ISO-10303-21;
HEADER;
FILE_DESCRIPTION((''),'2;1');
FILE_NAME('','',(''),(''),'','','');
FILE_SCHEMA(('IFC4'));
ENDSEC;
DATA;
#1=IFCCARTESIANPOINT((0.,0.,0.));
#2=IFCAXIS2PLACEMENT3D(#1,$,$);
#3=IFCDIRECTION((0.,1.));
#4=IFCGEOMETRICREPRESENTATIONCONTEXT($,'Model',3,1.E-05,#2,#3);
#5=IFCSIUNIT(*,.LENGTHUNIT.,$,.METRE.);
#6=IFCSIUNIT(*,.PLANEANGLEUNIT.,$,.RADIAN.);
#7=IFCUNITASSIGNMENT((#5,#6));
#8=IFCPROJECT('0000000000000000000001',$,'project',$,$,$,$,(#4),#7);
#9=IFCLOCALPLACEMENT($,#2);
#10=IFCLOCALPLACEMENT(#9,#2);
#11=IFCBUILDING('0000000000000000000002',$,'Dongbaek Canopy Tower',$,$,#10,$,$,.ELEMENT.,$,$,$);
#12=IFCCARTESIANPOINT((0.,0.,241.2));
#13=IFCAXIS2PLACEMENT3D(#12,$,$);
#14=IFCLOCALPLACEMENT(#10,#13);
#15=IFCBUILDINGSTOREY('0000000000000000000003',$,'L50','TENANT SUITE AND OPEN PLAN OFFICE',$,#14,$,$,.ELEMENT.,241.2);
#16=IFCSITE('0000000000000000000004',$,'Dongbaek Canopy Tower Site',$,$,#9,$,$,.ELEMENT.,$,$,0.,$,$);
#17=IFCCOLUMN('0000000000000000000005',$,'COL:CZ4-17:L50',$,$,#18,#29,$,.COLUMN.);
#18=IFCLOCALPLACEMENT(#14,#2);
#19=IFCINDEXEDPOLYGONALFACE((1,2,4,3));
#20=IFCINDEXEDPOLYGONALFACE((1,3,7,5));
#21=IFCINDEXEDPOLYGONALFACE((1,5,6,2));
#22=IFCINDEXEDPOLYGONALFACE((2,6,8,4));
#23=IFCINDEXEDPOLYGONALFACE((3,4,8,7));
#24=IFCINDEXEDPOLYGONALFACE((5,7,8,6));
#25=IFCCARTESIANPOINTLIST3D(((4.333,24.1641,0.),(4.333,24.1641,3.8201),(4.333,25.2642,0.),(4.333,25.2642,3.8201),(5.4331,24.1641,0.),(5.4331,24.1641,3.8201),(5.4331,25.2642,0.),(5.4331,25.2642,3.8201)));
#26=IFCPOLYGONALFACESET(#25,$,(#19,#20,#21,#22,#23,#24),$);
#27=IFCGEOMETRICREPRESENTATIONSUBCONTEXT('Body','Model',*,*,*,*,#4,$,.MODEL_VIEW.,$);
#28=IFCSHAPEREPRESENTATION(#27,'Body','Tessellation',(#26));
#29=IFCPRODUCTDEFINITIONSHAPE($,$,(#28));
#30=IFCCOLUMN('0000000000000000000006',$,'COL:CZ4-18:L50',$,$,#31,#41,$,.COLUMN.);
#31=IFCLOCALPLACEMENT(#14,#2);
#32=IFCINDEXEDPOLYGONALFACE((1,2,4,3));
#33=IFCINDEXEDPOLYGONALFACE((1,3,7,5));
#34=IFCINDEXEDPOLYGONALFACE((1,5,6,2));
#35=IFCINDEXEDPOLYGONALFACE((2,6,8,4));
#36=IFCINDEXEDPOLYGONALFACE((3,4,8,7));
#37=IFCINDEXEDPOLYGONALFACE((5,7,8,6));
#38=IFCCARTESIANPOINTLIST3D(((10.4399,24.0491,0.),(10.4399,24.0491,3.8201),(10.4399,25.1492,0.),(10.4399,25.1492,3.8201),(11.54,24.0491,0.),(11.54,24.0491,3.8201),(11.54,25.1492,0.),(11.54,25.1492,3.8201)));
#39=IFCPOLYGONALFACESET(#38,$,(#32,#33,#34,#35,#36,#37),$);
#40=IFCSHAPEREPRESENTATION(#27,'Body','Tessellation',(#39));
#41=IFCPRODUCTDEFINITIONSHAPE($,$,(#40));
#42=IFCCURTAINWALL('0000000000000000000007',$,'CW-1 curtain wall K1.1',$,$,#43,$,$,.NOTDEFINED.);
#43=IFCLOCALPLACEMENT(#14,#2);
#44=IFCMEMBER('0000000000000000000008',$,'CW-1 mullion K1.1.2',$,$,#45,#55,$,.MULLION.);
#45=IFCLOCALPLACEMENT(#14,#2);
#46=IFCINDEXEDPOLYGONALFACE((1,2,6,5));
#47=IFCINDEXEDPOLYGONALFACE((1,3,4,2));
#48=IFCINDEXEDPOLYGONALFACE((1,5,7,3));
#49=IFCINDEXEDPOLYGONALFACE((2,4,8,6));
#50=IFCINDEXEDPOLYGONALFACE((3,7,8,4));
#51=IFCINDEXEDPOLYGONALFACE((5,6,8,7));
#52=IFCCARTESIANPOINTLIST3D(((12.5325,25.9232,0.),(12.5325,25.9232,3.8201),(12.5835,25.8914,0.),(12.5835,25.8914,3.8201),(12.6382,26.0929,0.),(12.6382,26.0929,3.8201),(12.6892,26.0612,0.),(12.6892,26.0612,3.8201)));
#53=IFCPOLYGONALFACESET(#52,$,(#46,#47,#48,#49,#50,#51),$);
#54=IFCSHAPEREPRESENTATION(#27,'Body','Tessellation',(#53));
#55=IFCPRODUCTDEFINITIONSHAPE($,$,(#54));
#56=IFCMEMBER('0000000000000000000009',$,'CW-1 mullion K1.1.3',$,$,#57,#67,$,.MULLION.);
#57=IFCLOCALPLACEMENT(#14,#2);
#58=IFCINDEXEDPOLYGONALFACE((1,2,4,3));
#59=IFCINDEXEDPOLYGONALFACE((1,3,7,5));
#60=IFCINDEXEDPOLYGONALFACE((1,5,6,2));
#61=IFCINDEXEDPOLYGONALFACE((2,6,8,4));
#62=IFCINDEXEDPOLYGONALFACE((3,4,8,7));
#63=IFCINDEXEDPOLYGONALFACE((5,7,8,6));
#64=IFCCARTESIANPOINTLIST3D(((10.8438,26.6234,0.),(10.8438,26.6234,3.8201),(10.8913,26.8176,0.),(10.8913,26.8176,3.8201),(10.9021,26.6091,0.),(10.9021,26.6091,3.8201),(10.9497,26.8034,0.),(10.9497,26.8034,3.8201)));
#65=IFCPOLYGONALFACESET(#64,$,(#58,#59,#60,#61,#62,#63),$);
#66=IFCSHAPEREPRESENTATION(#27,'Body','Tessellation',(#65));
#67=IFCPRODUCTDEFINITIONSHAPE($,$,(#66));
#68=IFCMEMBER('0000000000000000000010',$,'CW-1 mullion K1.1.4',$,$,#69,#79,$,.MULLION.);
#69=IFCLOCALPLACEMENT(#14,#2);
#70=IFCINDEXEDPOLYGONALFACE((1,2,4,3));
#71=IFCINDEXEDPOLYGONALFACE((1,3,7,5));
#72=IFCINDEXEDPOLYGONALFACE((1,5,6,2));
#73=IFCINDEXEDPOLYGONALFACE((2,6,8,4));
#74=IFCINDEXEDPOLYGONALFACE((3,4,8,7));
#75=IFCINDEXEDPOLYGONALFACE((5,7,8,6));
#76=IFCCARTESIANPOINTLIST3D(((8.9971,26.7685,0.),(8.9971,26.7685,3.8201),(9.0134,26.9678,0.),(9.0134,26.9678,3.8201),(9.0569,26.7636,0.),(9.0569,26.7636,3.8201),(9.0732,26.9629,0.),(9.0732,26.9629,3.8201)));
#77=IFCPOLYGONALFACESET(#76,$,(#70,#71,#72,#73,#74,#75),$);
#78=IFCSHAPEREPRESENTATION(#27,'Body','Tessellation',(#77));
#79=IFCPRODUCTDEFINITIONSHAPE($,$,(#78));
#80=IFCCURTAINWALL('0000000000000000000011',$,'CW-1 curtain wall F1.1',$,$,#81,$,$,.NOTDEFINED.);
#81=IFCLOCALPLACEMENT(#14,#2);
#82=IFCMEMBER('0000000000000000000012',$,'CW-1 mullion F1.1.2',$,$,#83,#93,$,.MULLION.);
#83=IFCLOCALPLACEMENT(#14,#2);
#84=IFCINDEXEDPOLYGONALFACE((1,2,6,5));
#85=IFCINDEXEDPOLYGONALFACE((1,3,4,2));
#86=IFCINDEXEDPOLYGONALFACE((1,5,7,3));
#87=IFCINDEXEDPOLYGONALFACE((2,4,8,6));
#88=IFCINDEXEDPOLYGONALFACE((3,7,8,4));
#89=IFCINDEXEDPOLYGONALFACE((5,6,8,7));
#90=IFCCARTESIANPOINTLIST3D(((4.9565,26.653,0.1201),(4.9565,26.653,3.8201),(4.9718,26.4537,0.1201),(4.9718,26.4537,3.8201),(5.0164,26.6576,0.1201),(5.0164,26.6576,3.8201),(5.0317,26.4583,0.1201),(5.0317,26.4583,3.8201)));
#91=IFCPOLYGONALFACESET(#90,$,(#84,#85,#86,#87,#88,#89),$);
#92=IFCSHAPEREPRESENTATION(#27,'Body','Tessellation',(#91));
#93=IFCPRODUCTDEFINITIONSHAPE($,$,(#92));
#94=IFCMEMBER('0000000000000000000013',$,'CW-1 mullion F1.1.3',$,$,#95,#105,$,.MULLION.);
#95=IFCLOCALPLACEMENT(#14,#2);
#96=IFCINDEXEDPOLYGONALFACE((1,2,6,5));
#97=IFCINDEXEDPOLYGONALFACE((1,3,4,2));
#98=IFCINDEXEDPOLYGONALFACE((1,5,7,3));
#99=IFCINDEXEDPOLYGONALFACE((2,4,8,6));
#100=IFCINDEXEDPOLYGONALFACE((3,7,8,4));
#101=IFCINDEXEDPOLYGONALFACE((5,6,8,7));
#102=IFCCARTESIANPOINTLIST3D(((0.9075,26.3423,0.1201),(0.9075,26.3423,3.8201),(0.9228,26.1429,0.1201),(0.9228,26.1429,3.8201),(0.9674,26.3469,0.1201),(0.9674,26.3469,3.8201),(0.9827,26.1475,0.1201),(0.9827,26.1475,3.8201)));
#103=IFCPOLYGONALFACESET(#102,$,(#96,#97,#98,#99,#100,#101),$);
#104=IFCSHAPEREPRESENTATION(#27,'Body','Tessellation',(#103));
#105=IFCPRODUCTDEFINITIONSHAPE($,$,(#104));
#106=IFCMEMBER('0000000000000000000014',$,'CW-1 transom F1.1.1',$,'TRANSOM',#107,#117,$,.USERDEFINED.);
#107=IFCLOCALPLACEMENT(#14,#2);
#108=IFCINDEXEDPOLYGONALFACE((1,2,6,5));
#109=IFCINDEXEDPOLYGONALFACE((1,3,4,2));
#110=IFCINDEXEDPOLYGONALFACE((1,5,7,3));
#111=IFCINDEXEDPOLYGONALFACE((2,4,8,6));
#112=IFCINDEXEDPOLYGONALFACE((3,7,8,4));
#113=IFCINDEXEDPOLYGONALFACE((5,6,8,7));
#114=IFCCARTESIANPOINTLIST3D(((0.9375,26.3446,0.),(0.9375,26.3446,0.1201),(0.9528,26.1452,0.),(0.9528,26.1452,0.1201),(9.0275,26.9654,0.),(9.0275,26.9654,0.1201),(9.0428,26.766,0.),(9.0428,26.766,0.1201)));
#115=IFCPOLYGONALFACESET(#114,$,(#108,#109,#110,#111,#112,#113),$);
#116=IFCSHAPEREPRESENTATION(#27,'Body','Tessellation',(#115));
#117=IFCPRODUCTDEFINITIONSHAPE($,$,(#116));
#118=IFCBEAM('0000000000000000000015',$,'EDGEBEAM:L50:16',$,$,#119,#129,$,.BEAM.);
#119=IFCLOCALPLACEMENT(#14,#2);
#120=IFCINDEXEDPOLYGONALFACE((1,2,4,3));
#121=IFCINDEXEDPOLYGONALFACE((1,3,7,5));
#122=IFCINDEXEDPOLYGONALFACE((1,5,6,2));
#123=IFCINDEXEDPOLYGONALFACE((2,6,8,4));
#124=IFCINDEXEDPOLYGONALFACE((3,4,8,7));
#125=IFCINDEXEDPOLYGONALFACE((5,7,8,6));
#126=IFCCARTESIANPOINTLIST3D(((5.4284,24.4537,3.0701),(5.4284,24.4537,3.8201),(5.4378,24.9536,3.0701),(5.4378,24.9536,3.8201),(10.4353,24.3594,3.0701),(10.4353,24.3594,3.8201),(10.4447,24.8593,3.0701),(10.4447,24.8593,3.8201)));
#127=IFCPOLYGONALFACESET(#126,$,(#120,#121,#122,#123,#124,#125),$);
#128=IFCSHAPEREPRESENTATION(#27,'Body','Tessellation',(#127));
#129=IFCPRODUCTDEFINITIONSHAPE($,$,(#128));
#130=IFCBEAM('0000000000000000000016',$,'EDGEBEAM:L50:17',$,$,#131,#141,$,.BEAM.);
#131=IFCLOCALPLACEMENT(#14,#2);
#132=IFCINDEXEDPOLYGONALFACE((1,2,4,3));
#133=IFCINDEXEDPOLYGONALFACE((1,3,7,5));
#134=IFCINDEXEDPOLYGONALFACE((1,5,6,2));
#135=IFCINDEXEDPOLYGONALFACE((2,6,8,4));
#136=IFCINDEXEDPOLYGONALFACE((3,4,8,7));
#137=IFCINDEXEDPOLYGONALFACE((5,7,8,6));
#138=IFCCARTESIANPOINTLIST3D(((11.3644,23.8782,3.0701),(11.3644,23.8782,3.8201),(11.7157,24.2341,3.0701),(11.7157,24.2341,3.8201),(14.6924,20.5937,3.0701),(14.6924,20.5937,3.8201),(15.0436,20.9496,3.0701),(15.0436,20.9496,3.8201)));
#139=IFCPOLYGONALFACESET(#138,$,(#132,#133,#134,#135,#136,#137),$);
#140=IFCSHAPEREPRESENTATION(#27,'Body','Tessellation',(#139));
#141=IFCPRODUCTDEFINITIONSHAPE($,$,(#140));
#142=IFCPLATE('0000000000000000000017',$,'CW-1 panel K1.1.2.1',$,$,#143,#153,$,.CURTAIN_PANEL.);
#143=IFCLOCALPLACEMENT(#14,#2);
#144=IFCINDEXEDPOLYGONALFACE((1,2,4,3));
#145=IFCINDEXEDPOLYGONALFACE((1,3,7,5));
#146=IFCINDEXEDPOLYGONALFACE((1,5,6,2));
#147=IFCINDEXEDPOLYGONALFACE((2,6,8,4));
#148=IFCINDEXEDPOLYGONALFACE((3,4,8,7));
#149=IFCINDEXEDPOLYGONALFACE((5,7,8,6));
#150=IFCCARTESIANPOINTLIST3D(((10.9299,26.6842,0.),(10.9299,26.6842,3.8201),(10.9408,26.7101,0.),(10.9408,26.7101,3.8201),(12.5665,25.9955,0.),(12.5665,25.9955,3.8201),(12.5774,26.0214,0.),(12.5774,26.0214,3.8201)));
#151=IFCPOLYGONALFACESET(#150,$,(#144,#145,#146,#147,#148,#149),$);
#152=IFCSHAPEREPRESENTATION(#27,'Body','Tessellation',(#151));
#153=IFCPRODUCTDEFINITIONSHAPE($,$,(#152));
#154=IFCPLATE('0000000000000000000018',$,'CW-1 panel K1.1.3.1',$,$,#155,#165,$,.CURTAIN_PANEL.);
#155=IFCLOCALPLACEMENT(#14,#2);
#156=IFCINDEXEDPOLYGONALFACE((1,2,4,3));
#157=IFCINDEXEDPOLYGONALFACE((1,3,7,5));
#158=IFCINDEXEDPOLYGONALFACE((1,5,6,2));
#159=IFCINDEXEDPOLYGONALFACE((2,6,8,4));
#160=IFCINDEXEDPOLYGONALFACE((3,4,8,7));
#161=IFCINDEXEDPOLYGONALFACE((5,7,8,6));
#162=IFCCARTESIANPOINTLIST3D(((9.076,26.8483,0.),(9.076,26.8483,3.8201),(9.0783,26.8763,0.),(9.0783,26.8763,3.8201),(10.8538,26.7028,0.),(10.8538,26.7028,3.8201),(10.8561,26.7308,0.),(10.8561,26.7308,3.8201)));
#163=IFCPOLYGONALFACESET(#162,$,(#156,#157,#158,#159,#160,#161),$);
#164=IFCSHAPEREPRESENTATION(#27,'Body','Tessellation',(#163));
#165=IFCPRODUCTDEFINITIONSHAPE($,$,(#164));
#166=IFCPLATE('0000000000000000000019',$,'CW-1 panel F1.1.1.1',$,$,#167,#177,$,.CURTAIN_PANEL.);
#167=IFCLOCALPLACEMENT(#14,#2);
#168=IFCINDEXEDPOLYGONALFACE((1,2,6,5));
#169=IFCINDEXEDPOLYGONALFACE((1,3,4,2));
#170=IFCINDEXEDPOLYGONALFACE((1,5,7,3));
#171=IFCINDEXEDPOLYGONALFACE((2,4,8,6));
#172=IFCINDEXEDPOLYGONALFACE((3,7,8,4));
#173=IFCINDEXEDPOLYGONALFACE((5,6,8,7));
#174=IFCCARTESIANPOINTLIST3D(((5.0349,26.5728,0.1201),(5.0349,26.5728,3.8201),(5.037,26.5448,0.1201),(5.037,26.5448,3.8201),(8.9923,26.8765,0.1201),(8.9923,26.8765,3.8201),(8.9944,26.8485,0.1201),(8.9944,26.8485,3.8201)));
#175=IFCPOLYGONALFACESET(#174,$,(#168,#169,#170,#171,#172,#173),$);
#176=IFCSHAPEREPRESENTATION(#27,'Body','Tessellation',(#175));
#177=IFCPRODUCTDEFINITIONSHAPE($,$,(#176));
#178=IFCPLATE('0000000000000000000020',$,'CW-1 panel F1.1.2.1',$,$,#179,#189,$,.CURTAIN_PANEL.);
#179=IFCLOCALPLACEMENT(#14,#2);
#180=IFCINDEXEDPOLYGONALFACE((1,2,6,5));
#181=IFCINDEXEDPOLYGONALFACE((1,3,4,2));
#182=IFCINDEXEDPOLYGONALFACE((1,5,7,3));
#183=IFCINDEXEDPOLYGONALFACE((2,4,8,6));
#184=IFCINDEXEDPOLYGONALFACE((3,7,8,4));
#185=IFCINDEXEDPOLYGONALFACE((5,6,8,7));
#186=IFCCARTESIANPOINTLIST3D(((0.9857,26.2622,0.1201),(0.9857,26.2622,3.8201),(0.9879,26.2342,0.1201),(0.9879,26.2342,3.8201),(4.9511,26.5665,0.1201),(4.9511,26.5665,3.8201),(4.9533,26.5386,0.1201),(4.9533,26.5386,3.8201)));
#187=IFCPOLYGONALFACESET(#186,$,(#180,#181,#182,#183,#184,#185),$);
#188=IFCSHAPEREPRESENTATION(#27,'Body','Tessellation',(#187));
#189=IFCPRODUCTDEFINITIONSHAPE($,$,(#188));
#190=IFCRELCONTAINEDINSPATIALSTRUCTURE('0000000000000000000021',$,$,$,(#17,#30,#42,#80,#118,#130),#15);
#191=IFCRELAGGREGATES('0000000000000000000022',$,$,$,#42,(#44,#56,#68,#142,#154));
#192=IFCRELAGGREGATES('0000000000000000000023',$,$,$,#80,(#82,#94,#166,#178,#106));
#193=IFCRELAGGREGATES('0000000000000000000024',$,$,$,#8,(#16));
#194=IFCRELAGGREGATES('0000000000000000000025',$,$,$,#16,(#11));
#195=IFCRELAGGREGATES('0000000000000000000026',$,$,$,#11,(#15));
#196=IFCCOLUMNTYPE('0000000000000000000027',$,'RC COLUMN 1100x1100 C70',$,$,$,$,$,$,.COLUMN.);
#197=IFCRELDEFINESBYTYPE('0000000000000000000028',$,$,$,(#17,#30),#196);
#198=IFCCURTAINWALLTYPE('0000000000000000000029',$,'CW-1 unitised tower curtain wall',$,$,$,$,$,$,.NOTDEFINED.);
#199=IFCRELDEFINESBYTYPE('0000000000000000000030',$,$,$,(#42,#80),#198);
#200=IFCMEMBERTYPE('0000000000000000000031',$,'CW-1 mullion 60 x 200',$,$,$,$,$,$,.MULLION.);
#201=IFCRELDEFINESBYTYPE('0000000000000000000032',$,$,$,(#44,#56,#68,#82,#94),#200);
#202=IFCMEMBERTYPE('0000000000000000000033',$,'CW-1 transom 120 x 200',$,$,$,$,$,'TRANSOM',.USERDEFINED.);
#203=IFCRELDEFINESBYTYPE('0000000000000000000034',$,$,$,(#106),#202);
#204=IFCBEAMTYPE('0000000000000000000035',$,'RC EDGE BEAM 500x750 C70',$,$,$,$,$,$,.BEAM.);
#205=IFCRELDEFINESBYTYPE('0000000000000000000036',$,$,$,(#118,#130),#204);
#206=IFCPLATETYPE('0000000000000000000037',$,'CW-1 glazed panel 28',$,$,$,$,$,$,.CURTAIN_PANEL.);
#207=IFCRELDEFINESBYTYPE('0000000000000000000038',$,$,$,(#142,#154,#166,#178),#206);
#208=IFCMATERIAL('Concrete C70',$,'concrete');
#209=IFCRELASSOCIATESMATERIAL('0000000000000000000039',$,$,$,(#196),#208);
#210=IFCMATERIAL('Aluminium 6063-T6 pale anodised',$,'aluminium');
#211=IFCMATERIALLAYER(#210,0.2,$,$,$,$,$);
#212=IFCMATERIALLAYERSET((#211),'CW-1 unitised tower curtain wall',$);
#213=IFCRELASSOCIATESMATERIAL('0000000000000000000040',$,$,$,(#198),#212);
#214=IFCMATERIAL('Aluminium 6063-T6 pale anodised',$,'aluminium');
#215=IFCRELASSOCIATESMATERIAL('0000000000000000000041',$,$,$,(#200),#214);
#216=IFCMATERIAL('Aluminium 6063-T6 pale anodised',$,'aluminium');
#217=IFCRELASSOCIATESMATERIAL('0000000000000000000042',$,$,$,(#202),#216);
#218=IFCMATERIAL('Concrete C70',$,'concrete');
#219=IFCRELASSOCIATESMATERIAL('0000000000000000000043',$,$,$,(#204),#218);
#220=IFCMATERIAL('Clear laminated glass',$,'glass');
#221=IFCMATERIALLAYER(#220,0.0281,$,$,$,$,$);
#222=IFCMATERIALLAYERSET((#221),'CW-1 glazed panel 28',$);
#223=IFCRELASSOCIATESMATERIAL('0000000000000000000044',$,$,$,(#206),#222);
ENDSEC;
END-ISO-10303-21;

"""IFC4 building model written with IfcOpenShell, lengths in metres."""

from ifc_helpers import new_model, si_unit, direction, frame, origin, origin_2d, place, context, subcontext, project, spatial, rectangle, extrude, material, layer, layer_set, material_profile, profile_set, type_object, element, aggregate, save


model = new_model("IFC4")

# Units and contexts
model_context = context("Model", 3, precision=1e-05, world=origin(), true_north=direction((0.0, 1.0)))
body_context = subcontext(model_context, "Body", "Model", "MODEL_VIEW")
ifc_project = project(units=[si_unit("LENGTHUNIT", "METRE"), si_unit("PLANEANGLEUNIT", "RADIAN")], contexts=[model_context])

# Site, building, storey
site_placement = place(None, origin())
site = spatial("IfcSite", under=ifc_project, at=site_placement, Name="Dongbaek Canopy Tower Site", CompositionType="ELEMENT", RefElevation=0.0)
building_placement = place(site_placement, origin())
building = spatial("IfcBuilding", under=site, at=building_placement, Name="Dongbaek Canopy Tower", CompositionType="ELEMENT")
storey_placement = place(building_placement, frame((0.0, 0.0, 241.2)))
storey = spatial("IfcBuildingStorey", under=building, at=storey_placement, Name="L50", Description="TENANT SUITE AND OPEN PLAN OFFICE", CompositionType="ELEMENT", Elevation=241.2)

# Columns
ifc_material_1 = material(Name="Concrete C70", Category="concrete")
ifc_material_profile_1 = material_profile(ifc_material_1, rectangle(XDim=1.1001, YDim=1.1001, at=origin_2d()), Name="RC COLUMN 1100x1100 C70")
ifc_profile_set_1 = profile_set([ifc_material_profile_1], Name="Concrete C70")
column_type = type_object("IfcColumnType", Name="RC COLUMN 1100x1100 C70", PredefinedType="COLUMN", material=ifc_profile_set_1)
for number, where, z_axis, x_axis, name in (
    (1, (4.8831, 24.7141, 0.0), (0.0, 0.0, 1.0), (1.0, 0.0, 0.0), "COL:CZ4-17:L50"),
    (2, (10.99, 24.5991, 0.0), (0.0, 0.0, 1.0), (1.0, 0.0, 0.0), "COL:CZ4-18:L50"),
):
    element("IfcColumn", number, at=place(storey_placement, frame(where, z_axis=z_axis, x_axis=x_axis)), inside=storey, type_object=column_type, Name=name, PredefinedType="COLUMN", context=body_context, shape_type="SweptSolid", body=[
        extrude(rectangle(XDim=1.1001, YDim=1.1001, at=origin_2d()), origin(), (0.0, 0.0, 1.0), 3.8201),
    ])

# Curtain walls, members
ifc_material_2 = material(Name="Aluminium 6063-T6 pale anodised", Category="aluminium")
ifc_layer_1 = layer(ifc_material_2, 0.2)
ifc_layer_set_1 = layer_set([ifc_layer_1], Name="CW-1 unitised tower curtain wall")
curtain_wall_type = type_object("IfcCurtainWallType", Name="CW-1 unitised tower curtain wall", PredefinedType="NOTDEFINED", material=ifc_layer_set_1)
curtain_wall_1_placement = place(storey_placement, origin())
curtain_wall_1 = element("IfcCurtainWall", 3, at=curtain_wall_1_placement, inside=storey, type_object=curtain_wall_type, Name="CW-1 curtain wall K1.1", PredefinedType="NOTDEFINED")
ifc_material_3 = material(Name="Aluminium 6063-T6 pale anodised", Category="aluminium")
ifc_material_profile_2 = material_profile(ifc_material_3, rectangle(XDim=0.2, YDim=0.0601, at=origin_2d()), Name="CW-1 mullion 60 x 200")
ifc_profile_set_2 = profile_set([ifc_material_profile_2], Name="Aluminium 6063-T6 pale anodised")
member_type_1 = type_object("IfcMemberType", Name="CW-1 mullion 60 x 200", PredefinedType="MULLION", material=ifc_profile_set_2)
member_1_placement = place(storey_placement, frame((12.6108, 25.9922, 0.0), z_axis=(0.0, 0.0, 1.0), x_axis=(0.528293, 0.849062, 0.0)))
member_1 = element("IfcMember", 4, at=member_1_placement, type_object=member_type_1, Name="CW-1 mullion K1.1.2", PredefinedType="MULLION", context=body_context, shape_type="SweptSolid", body=[
    extrude(rectangle(XDim=0.2, YDim=0.0601, at=origin_2d()), origin(), (0.0, 0.0, 1.0), 3.8201),
])
member_2_placement = place(storey_placement, frame((10.8967, 26.7134, 0.0), z_axis=(0.0, 0.0, 1.0), x_axis=(0.2377, 0.971339, 0.0)))
member_2 = element("IfcMember", 5, at=member_2_placement, type_object=member_type_1, Name="CW-1 mullion K1.1.3", PredefinedType="MULLION", context=body_context, shape_type="SweptSolid", body=[
    extrude(rectangle(XDim=0.2, YDim=0.0601, at=origin_2d()), origin(), (0.0, 0.0, 1.0), 3.8201),
])
member_3_placement = place(storey_placement, frame((9.0352, 26.8657, 0.0), z_axis=(0.0, 0.0, 1.0), x_axis=(0.081611, 0.996664, 0.0)))
member_3 = element("IfcMember", 6, at=member_3_placement, type_object=member_type_1, Name="CW-1 mullion K1.1.4", PredefinedType="MULLION", context=body_context, shape_type="SweptSolid", body=[
    extrude(rectangle(XDim=0.2, YDim=0.0601, at=origin_2d()), origin(), (0.0, 0.0, 1.0), 3.8201),
])
curtain_wall_2_placement = place(storey_placement, origin())
curtain_wall_2 = element("IfcCurtainWall", 7, at=curtain_wall_2_placement, inside=storey, type_object=curtain_wall_type, Name="CW-1 curtain wall F1.1", PredefinedType="NOTDEFINED")
member_4_placement = place(storey_placement, frame((4.9941, 26.5557, 0.1201), z_axis=(0.0, 0.0, 1.0), x_axis=(-0.076518, 0.997068, 0.0)))
member_4 = element("IfcMember", 8, at=member_4_placement, type_object=member_type_1, Name="CW-1 mullion F1.1.2", PredefinedType="MULLION", context=body_context, shape_type="SweptSolid", body=[
    extrude(rectangle(XDim=0.2, YDim=0.0601, at=origin_2d()), origin(), (0.0, 0.0, 1.0), 3.7),
])
member_5_placement = place(storey_placement, frame((0.9451, 26.2449, 0.1201), z_axis=(0.0, 0.0, 1.0), x_axis=(-0.076518, 0.997068, 0.0)))
member_5 = element("IfcMember", 9, at=member_5_placement, type_object=member_type_1, Name="CW-1 mullion F1.1.3", PredefinedType="MULLION", context=body_context, shape_type="SweptSolid", body=[
    extrude(rectangle(XDim=0.2, YDim=0.0601, at=origin_2d()), origin(), (0.0, 0.0, 1.0), 3.7),
])
ifc_material_4 = material(Name="Aluminium 6063-T6 pale anodised", Category="aluminium")
ifc_material_profile_3 = material_profile(ifc_material_4, rectangle(XDim=0.2, YDim=0.1201, at=origin_2d()), Name="CW-1 transom 120 x 200")
ifc_profile_set_3 = profile_set([ifc_material_profile_3], Name="Aluminium 6063-T6 pale anodised")
member_type_2 = type_object("IfcMemberType", Name="CW-1 transom 120 x 200", ElementType="TRANSOM", PredefinedType="USERDEFINED", material=ifc_profile_set_3)
member_6_placement = place(storey_placement, frame((9.0352, 26.8657, 0.0601), z_axis=(-0.997068, -0.076517, 0.0), x_axis=(0.076517, -0.997068, 0.0)))
member_6 = element("IfcMember", 10, at=member_6_placement, type_object=member_type_2, Name="CW-1 transom F1.1.1", ObjectType="TRANSOM", PredefinedType="USERDEFINED", context=body_context, shape_type="SweptSolid", body=[
    extrude(rectangle(XDim=0.2, YDim=0.1201, at=origin_2d()), origin(), (0.0, 0.0, 1.0), 8.1138),
])

# Beams
ifc_material_5 = material(Name="Concrete C70", Category="concrete")
ifc_material_profile_4 = material_profile(ifc_material_5, rectangle(XDim=0.5, YDim=0.75, at=origin_2d()), Name="RC EDGE BEAM 500x750 C70")
ifc_profile_set_4 = profile_set([ifc_material_profile_4], Name="Concrete C70")
beam_type = type_object("IfcBeamType", Name="RC EDGE BEAM 500x750 C70", PredefinedType="BEAM", material=ifc_profile_set_4)
beam_1_placement = place(storey_placement, frame((5.4331, 24.7036, 3.4451), z_axis=(0.999823, -0.018819, 0.0), x_axis=(0.018819, 0.999823, 0.0)))
element("IfcBeam", 11, at=beam_1_placement, inside=storey, type_object=beam_type, Name="EDGEBEAM:L50:16", PredefinedType="BEAM", context=body_context, shape_type="SweptSolid", body=[
    extrude(rectangle(XDim=0.5, YDim=0.75, at=origin_2d()), origin(), (0.0, 0.0, 1.0), 5.0078),
])
beam_2_placement = place(storey_placement, frame((11.54, 24.0562, 3.4451), z_axis=(0.711739, -0.702444, 0.0), x_axis=(0.702444, 0.711739, 0.0)))
element("IfcBeam", 12, at=beam_2_placement, inside=storey, type_object=beam_type, Name="EDGEBEAM:L50:17", PredefinedType="BEAM", context=body_context, shape_type="SweptSolid", body=[
    extrude(rectangle(XDim=0.5, YDim=0.75, at=origin_2d()), origin(), (0.0, 0.0, 1.0), 4.6758),
])

# Plates
ifc_material_6 = material(Name="Clear laminated glass", Category="glass")
ifc_layer_2 = layer(ifc_material_6, 0.0281)
ifc_layer_set_2 = layer_set([ifc_layer_2], Name="CW-1 glazed panel 28")
plate_type = type_object("IfcPlateType", Name="CW-1 glazed panel 28", PredefinedType="CURTAIN_PANEL", material=ifc_layer_set_2)
plate_1_placement = place(storey_placement, frame((11.7537, 26.3528, 0.0), z_axis=(0.0, 0.0, 1.0), x_axis=(-0.921724, 0.387846, 0.0)))
plate_1 = element("IfcPlate", 13, at=plate_1_placement, type_object=plate_type, Name="CW-1 panel K1.1.2.1", PredefinedType="CURTAIN_PANEL", context=body_context, shape_type="SweptSolid", body=[
    extrude(rectangle(XDim=1.7756, YDim=0.0281, at=origin_2d()), origin(), (0.0, 0.0, 1.0), 3.8201),
])
plate_2_placement = place(storey_placement, frame((9.9661, 26.7896, 0.0), z_axis=(0.0, 0.0, 1.0), x_axis=(-0.996664, 0.081611, 0.0)))
plate_2 = element("IfcPlate", 14, at=plate_2_placement, type_object=plate_type, Name="CW-1 panel K1.1.3.1", PredefinedType="CURTAIN_PANEL", context=body_context, shape_type="SweptSolid", body=[
    extrude(rectangle(XDim=1.7837, YDim=0.0281, at=origin_2d()), origin(), (0.0, 0.0, 1.0), 3.8201),
])
aggregate(curtain_wall_1, [member_1, member_2, member_3, plate_1, plate_2])
plate_3_placement = place(storey_placement, frame((7.0146, 26.7107, 0.1201), z_axis=(0.0, 0.0, 1.0), x_axis=(-0.997068, -0.076518, 0.0)))
plate_3 = element("IfcPlate", 15, at=plate_3_placement, type_object=plate_type, Name="CW-1 panel F1.1.1.1", PredefinedType="CURTAIN_PANEL", context=body_context, shape_type="SweptSolid", body=[
    extrude(rectangle(XDim=3.969, YDim=0.0281, at=origin_2d()), origin(), (0.0, 0.0, 1.0), 3.7),
])
plate_4_placement = place(storey_placement, frame((2.9695, 26.4004, 0.1201), z_axis=(0.0, 0.0, 1.0), x_axis=(-0.997068, -0.076518, 0.0)))
plate_4 = element("IfcPlate", 16, at=plate_4_placement, type_object=plate_type, Name="CW-1 panel F1.1.2.1", PredefinedType="CURTAIN_PANEL", context=body_context, shape_type="SweptSolid", body=[
    extrude(rectangle(XDim=3.9771, YDim=0.0281, at=origin_2d()), origin(), (0.0, 0.0, 1.0), 3.7),
])

aggregate(curtain_wall_2, [member_4, member_5, plate_3, plate_4, member_6])

save(model, "model.ifc")
